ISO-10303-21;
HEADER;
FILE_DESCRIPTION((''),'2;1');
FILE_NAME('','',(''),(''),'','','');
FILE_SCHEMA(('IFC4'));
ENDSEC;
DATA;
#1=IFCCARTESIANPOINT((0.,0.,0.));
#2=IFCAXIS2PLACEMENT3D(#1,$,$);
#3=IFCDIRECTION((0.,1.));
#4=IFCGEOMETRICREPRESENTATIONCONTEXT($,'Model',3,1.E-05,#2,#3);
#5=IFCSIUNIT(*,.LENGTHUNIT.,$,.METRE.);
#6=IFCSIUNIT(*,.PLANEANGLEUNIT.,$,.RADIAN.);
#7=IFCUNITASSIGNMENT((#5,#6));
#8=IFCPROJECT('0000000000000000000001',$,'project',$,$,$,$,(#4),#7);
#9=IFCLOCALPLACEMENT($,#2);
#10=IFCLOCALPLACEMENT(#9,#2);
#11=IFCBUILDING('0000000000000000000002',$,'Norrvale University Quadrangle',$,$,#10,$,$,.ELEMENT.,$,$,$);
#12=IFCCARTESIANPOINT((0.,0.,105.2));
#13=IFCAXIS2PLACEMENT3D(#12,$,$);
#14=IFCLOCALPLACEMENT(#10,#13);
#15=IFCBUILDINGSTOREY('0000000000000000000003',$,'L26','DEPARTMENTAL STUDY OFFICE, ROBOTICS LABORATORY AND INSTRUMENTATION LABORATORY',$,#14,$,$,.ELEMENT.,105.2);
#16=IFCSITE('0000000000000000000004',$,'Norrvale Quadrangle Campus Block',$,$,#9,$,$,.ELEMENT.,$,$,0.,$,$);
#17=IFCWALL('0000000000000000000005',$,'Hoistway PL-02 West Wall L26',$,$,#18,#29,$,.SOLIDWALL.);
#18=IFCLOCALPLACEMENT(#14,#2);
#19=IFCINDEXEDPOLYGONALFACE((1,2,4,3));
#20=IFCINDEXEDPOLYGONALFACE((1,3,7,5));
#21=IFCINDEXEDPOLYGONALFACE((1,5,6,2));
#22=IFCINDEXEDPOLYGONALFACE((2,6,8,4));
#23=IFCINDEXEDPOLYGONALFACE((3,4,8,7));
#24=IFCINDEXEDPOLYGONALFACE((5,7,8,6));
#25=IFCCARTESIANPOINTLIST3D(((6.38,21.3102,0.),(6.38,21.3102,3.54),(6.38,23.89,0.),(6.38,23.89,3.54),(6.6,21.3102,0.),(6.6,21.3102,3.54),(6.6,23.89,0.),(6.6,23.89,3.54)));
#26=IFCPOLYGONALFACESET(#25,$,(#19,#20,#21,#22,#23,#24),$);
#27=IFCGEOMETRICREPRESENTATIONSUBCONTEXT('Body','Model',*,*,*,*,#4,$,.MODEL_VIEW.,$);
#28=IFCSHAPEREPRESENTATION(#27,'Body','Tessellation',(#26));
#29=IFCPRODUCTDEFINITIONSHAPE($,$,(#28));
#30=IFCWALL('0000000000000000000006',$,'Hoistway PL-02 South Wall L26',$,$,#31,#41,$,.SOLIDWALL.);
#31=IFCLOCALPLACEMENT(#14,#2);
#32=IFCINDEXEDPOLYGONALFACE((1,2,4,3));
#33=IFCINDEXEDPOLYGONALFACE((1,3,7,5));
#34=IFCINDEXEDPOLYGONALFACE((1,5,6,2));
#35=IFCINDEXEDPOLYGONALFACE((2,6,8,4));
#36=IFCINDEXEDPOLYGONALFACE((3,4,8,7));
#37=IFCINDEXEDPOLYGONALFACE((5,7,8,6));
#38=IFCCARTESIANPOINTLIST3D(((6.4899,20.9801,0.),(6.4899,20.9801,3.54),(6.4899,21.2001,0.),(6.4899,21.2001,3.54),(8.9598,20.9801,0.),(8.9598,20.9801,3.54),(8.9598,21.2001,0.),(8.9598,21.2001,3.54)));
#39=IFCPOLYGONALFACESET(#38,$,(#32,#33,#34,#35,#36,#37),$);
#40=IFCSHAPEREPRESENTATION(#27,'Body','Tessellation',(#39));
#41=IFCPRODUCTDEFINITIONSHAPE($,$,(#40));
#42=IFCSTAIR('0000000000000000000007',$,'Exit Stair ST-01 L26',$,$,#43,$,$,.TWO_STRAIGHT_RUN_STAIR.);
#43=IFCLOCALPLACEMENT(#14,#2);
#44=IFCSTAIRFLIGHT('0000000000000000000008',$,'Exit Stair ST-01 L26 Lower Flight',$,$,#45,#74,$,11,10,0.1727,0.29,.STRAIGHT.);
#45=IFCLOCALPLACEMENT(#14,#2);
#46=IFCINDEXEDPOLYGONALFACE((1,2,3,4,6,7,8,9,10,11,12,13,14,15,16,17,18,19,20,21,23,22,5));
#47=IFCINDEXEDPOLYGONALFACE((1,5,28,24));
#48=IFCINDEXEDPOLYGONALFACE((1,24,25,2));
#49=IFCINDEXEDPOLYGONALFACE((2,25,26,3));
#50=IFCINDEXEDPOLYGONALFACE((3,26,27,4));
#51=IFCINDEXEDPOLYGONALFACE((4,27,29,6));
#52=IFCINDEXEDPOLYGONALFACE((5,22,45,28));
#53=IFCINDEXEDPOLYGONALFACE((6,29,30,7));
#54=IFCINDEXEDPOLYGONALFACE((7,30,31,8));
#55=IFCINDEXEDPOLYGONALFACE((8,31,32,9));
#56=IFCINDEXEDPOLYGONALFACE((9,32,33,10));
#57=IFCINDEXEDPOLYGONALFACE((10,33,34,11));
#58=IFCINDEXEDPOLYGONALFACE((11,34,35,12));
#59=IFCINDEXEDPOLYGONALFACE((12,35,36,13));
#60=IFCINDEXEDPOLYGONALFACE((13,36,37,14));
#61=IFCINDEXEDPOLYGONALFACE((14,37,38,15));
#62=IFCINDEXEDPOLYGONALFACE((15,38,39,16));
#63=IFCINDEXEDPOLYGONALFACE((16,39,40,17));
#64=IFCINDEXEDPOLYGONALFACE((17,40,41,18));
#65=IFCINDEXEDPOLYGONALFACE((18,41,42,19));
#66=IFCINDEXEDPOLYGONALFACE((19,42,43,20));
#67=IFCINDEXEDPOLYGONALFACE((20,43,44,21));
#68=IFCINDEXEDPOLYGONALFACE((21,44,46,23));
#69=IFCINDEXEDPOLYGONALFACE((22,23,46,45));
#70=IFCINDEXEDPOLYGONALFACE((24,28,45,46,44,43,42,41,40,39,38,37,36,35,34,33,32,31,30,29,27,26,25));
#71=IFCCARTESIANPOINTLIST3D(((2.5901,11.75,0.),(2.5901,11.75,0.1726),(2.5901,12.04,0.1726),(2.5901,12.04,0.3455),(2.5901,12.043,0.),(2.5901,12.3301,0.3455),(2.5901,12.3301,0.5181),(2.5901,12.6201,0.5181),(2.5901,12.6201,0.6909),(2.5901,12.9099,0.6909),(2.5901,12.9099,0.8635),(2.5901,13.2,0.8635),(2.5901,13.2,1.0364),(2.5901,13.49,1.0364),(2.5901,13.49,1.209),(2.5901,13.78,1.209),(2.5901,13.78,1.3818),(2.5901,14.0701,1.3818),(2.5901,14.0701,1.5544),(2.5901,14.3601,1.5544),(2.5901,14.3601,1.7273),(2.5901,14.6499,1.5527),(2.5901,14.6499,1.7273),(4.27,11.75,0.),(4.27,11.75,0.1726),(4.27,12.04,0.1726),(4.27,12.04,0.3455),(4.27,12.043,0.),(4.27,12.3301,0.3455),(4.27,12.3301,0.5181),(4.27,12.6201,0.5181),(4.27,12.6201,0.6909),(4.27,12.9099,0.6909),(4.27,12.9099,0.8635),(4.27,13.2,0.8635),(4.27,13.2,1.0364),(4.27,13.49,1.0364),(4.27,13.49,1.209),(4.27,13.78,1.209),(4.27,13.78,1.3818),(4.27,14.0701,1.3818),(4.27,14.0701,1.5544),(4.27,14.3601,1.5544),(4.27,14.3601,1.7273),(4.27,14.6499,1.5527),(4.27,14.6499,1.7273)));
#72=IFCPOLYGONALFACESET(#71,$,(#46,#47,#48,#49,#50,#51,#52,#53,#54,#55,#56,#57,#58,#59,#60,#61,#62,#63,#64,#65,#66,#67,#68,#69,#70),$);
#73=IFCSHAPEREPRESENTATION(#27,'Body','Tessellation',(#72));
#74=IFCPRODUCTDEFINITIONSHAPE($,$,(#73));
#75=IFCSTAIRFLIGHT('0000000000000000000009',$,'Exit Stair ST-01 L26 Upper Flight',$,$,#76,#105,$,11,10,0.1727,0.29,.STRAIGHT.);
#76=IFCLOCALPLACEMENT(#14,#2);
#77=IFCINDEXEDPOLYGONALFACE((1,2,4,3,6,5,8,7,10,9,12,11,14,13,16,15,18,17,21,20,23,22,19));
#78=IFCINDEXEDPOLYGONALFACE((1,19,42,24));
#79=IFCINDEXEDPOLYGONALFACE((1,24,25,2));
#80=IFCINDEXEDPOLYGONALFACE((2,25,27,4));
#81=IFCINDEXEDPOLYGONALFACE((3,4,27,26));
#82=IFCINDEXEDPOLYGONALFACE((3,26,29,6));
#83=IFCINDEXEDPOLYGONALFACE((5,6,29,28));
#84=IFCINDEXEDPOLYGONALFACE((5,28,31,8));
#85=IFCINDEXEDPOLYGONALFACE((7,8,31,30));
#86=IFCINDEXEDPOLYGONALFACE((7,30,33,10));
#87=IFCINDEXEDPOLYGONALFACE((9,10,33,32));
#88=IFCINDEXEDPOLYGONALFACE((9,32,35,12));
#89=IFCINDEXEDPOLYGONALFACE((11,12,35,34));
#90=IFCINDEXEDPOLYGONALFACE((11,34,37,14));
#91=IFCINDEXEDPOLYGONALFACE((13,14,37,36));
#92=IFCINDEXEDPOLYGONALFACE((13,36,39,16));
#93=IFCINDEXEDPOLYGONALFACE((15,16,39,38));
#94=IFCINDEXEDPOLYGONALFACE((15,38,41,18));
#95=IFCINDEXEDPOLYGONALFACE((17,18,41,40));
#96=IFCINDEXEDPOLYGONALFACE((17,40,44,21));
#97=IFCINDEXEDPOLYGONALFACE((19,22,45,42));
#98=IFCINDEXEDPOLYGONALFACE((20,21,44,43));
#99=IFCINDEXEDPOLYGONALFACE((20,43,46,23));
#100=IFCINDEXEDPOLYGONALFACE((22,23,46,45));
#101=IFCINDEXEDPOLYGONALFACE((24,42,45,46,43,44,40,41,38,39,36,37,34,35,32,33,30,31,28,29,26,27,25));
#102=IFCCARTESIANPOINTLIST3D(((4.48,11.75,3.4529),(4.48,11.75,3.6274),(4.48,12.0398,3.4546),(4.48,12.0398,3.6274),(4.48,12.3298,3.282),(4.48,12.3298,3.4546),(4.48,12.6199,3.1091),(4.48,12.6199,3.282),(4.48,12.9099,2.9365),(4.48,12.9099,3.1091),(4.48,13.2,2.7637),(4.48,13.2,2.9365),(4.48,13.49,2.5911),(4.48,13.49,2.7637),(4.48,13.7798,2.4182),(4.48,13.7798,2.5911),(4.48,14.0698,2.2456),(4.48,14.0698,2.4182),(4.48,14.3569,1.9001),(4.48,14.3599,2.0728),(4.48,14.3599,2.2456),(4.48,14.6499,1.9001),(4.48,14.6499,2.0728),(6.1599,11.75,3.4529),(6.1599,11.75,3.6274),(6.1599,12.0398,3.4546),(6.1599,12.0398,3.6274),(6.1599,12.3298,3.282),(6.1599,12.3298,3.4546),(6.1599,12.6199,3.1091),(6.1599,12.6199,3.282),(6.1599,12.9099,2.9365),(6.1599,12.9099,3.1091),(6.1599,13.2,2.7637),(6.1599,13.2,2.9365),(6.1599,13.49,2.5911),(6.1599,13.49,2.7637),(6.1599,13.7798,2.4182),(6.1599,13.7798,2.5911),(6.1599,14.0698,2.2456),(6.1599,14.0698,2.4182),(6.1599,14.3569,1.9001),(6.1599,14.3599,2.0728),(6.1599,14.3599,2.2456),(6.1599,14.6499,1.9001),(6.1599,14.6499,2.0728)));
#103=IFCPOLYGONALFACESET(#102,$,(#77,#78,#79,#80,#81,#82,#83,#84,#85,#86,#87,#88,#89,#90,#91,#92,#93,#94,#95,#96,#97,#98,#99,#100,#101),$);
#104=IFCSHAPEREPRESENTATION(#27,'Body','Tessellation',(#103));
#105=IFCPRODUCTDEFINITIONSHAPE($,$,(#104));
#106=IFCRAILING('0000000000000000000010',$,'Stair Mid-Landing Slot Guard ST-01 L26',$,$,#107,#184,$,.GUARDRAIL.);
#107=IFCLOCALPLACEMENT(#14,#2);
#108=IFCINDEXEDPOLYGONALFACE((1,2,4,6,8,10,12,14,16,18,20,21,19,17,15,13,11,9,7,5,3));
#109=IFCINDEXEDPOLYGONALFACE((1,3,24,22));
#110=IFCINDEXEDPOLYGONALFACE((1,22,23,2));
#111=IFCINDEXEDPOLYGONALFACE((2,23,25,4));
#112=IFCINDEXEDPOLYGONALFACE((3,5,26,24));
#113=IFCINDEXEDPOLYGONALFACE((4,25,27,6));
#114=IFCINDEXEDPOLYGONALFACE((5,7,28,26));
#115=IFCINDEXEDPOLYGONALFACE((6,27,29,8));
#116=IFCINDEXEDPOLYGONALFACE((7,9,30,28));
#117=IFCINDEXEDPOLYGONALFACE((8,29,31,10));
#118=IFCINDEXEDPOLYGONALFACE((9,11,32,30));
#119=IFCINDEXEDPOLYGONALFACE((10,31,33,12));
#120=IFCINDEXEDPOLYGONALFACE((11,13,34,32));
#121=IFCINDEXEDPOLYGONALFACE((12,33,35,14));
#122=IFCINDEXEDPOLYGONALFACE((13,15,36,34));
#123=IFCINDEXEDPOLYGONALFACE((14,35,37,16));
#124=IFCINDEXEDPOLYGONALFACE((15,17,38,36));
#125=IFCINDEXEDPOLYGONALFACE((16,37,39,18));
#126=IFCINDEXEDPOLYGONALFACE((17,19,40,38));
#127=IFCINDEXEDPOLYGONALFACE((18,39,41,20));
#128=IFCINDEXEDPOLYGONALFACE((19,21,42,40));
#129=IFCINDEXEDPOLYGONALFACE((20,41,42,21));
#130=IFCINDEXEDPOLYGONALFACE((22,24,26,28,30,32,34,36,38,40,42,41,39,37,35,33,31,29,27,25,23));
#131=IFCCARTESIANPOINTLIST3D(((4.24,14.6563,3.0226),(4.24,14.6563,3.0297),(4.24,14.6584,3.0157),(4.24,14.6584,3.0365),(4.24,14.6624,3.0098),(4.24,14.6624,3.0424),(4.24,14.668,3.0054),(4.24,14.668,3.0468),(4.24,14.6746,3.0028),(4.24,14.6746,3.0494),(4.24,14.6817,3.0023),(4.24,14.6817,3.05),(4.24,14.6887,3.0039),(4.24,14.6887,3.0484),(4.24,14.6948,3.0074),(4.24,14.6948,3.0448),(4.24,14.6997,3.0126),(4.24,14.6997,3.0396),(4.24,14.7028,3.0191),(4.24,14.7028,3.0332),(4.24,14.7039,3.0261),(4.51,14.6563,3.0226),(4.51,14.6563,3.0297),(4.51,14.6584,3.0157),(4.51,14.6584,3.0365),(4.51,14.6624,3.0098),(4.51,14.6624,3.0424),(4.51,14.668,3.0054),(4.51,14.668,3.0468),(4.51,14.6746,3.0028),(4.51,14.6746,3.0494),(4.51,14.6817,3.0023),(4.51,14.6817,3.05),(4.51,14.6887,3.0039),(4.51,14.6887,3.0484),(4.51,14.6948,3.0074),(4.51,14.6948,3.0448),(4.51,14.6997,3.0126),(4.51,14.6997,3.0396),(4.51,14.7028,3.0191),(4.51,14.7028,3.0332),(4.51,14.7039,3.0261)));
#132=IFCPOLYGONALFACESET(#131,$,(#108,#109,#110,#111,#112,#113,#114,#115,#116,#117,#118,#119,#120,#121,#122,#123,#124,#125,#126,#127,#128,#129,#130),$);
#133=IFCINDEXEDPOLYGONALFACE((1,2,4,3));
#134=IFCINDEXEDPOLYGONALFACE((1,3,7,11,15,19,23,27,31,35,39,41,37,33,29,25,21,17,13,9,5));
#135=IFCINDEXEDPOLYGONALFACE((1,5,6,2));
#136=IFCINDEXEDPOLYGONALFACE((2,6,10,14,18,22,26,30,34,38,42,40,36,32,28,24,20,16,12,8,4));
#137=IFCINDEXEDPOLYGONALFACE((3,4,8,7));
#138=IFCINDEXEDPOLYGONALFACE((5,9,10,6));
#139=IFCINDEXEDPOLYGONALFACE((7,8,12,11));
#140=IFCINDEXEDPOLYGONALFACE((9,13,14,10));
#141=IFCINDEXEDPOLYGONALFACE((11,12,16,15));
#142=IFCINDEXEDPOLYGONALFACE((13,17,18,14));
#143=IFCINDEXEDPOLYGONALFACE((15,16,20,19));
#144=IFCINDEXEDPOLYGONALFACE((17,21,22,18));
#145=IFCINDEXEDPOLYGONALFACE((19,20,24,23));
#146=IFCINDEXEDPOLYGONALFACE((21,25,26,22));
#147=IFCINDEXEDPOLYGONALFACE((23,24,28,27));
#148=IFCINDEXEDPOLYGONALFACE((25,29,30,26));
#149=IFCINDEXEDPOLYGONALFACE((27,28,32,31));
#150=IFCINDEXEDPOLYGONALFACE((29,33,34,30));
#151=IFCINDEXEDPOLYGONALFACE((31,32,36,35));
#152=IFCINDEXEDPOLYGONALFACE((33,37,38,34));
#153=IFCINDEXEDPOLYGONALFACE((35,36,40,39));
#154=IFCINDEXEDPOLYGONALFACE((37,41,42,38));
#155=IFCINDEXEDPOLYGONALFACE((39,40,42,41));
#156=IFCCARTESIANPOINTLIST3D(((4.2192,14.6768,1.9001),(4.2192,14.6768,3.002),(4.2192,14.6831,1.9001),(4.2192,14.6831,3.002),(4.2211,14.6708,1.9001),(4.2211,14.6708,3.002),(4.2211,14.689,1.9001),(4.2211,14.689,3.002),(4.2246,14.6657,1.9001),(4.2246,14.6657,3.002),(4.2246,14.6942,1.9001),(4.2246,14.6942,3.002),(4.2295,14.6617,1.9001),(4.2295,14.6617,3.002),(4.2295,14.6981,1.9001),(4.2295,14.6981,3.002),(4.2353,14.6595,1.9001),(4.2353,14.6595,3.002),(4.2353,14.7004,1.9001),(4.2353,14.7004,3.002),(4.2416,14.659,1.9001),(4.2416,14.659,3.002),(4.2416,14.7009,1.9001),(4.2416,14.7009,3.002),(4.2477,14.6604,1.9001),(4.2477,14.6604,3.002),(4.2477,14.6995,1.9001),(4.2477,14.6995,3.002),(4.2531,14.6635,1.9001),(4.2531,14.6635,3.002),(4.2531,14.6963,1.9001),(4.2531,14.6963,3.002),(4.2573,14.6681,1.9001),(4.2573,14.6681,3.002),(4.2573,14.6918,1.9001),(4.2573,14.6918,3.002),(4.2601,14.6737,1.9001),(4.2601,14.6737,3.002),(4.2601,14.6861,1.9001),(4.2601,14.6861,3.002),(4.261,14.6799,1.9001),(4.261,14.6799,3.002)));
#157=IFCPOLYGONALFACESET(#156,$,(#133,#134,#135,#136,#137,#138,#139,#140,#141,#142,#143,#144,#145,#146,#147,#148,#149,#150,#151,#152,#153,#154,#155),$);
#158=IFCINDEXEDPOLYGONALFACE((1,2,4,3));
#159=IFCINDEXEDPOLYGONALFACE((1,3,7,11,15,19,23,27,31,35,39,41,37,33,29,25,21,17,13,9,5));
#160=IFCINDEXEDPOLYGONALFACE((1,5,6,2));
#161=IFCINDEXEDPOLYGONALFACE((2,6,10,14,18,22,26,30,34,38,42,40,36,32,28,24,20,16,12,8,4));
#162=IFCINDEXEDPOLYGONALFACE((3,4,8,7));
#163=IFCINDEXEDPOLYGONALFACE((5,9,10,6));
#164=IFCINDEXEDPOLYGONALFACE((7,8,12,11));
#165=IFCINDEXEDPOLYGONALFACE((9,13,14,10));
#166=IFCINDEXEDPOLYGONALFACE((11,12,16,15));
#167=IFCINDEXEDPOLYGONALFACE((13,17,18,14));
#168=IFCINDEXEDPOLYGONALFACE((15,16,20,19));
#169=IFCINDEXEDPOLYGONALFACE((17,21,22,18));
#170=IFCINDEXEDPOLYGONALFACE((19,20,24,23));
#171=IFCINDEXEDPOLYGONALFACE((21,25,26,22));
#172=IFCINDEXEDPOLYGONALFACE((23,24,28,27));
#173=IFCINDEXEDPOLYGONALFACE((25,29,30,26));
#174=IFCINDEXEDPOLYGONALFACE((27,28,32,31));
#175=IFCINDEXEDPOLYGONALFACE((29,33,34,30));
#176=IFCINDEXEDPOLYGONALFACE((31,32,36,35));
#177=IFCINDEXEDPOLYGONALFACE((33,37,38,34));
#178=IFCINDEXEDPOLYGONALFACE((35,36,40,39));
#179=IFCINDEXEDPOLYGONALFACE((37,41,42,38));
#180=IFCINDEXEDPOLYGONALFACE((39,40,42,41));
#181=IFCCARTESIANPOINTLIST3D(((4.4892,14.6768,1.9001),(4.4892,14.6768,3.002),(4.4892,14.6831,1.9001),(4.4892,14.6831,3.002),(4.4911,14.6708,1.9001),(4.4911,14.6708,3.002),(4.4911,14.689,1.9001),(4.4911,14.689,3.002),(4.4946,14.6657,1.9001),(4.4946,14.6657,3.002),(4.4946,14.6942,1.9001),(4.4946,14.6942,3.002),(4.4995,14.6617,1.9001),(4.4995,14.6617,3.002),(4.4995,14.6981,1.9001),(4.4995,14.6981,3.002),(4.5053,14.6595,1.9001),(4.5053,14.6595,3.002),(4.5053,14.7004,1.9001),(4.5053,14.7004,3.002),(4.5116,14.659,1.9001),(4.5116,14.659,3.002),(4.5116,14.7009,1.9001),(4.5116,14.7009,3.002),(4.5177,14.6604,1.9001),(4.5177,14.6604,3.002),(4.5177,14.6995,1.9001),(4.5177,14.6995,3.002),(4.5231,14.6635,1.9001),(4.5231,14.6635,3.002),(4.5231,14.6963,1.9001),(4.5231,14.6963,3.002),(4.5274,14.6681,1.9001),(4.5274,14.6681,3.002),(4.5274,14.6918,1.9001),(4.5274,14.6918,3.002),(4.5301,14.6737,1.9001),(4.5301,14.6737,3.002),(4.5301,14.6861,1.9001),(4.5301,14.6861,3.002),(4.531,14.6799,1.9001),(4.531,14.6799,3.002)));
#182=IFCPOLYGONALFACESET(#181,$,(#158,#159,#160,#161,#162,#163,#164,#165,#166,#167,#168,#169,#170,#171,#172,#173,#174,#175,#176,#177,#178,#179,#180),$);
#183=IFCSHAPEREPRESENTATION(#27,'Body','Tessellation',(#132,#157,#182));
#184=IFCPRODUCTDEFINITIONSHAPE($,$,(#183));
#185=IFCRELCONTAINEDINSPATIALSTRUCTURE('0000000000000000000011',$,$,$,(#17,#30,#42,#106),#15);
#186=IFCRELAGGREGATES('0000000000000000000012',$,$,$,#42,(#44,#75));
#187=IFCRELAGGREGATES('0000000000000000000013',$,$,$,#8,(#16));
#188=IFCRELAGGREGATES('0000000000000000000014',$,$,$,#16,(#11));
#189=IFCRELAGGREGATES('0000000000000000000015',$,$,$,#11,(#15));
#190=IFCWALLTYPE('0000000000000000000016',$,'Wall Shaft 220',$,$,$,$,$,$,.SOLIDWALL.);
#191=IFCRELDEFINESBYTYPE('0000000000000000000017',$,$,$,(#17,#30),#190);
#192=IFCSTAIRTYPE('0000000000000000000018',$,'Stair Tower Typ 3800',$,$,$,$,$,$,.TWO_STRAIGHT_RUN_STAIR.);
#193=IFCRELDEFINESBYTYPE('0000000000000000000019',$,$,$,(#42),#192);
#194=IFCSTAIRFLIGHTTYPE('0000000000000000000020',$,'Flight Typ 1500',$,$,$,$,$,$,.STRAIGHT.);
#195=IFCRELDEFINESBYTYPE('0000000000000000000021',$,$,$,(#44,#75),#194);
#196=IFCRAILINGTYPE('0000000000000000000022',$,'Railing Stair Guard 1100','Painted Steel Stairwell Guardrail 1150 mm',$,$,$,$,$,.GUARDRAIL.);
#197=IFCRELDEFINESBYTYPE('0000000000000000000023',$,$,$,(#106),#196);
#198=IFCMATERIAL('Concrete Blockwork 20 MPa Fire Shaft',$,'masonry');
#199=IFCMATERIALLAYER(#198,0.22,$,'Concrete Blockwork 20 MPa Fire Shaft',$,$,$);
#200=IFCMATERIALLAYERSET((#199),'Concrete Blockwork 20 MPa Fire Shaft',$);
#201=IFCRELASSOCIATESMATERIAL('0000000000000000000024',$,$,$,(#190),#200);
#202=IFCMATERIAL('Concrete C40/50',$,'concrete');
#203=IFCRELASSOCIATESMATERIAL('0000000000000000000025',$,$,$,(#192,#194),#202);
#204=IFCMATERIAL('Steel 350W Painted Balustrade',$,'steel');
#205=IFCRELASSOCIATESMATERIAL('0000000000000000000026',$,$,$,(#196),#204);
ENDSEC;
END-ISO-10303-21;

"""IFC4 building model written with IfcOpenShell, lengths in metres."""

from ifc_helpers import new_model, si_unit, direction, frame, frame_2d, origin, origin_2d, place, context, subcontext, project, spatial, polyline, rectangle, circle, outline, extrude, material, layer, layer_set, type_object, element, aggregate, save


model = new_model("IFC4")

# Units and contexts
model_context = context("Model", 3, precision=1e-05, world=origin(), true_north=direction((0.0, 1.0)))
body_context = subcontext(model_context, "Body", "Model", "MODEL_VIEW")
ifc_project = project(units=[si_unit("LENGTHUNIT", "METRE"), si_unit("PLANEANGLEUNIT", "RADIAN")], contexts=[model_context])

# Site, building, storey
site_placement = place(None, origin())
site = spatial("IfcSite", under=ifc_project, at=site_placement, Name="Norrvale Quadrangle Campus Block", CompositionType="ELEMENT", RefElevation=0.0)
building_placement = place(site_placement, origin())
building = spatial("IfcBuilding", under=site, at=building_placement, Name="Norrvale University Quadrangle", CompositionType="ELEMENT")
storey_placement = place(building_placement, frame((0.0, 0.0, 105.2)))
storey = spatial("IfcBuildingStorey", under=building, at=storey_placement, Name="L26", Description="DEPARTMENTAL STUDY OFFICE, ROBOTICS LABORATORY AND INSTRUMENTATION LABORATORY", CompositionType="ELEMENT", Elevation=105.2)

# Walls
ifc_material_1 = material(Name="Concrete Blockwork 20 MPa Fire Shaft", Category="masonry")
ifc_layer_1 = layer(ifc_material_1, 0.22, Name="Concrete Blockwork 20 MPa Fire Shaft")
ifc_layer_set_1 = layer_set([ifc_layer_1], Name="Concrete Blockwork 20 MPa Fire Shaft")
wall_type_1 = type_object("IfcWallType", Name="Wall Shaft 220", PredefinedType="SOLIDWALL", material=ifc_layer_set_1)
wall_1_placement = place(storey_placement, frame((6.49, 21.3101, 0.0), z_axis=(0.0, 0.0, 1.0), x_axis=(0.0, 1.0, 0.0)))
element("IfcWall", 1, at=wall_1_placement, inside=storey, type_object=wall_type_1, Name="Hoistway PL-02 West Wall L26", PredefinedType="SOLIDWALL", context=body_context, shape_type="SweptSolid", body=[
    extrude(rectangle(XDim=2.5798, YDim=0.22, at=frame_2d((1.29, 0.0))), origin(), (0.0, 0.0, 1.0), 3.54),
])
wall_2_placement = place(storey_placement, frame((6.49, 21.0901, 0.0), z_axis=(0.0, 0.0, 1.0), x_axis=(1.0, 0.0, 0.0)))
element("IfcWall", 2, at=wall_2_placement, inside=storey, type_object=wall_type_1, Name="Hoistway PL-02 South Wall L26", PredefinedType="SOLIDWALL", context=body_context, shape_type="SweptSolid", body=[
    extrude(rectangle(XDim=2.47, YDim=0.22, at=frame_2d((1.2349, 0.0))), origin(), (0.0, 0.0, 1.0), 3.54),
])

# Stair, stair flights
ifc_material_2 = material(Name="Concrete C40/50", Category="concrete")
stair_type = type_object("IfcStairType", Name="Stair Tower Typ 3800", PredefinedType="TWO_STRAIGHT_RUN_STAIR", material=ifc_material_2)
stair_placement = place(storey_placement, origin())
stair = element("IfcStair", 3, at=stair_placement, inside=storey, type_object=stair_type, Name="Exit Stair ST-01 L26", PredefinedType="TWO_STRAIGHT_RUN_STAIR")
stair_flight_type = type_object("IfcStairFlightType", Name="Flight Typ 1500", PredefinedType="STRAIGHT", material=ifc_material_2)
stair_flight_1_placement = place(storey_placement, frame((3.4299, 11.75, 0.0), z_axis=(0.0, 0.0, 1.0), x_axis=(0.0, 1.0, 0.0)))
stair_flight_1 = element("IfcStairFlight", 4, at=stair_flight_1_placement, type_object=stair_flight_type, Name="Exit Stair ST-01 L26 Lower Flight", NumberOfRisers=11, NumberOfTreads=10, PredefinedType="STRAIGHT", RiserHeight=0.1727, TreadLength=0.29, context=body_context, shape_type="SweptSolid", body=[
    extrude(outline(polyline([(0.0, 0.0), (0.0, 0.1726), (0.29, 0.1726), (0.29, 0.3455), (0.5801, 0.3455), (0.5801, 0.5181), (0.8701, 0.5181), (0.8701, 0.6909), (1.1599, 0.6909), (1.1599, 0.8635), (1.45, 0.8635), (1.45, 1.0364), (1.74, 1.0364), (1.74, 1.209), (2.03, 1.209), (2.03, 1.3818), (2.3201, 1.3818), (2.3201, 1.5544), (2.6101, 1.5544), (2.6101, 1.7273), (2.8999, 1.7273), (2.8999, 1.8999), (2.8999, 1.5527), (0.293, 0.0), (0.0, 0.0)])), frame((0.0, 0.8398, 0.0), z_axis=(0.0, -1.0, 0.0), x_axis=(1.0, 0.0, 0.0)), (0.0, 0.0, 1.0), 1.6799),
])
stair_flight_2_placement = place(storey_placement, frame((5.3201, 14.6499, 1.9001), z_axis=(0.0, 0.0, 1.0), x_axis=(0.0, -1.0, 0.0)))
stair_flight_2 = element("IfcStairFlight", 5, at=stair_flight_2_placement, type_object=stair_flight_type, Name="Exit Stair ST-01 L26 Upper Flight", NumberOfRisers=11, NumberOfTreads=10, PredefinedType="STRAIGHT", RiserHeight=0.1727, TreadLength=0.29, context=body_context, shape_type="SweptSolid", body=[
    extrude(outline(polyline([(0.0, 0.0), (0.0, 0.1726), (0.29, 0.1726), (0.29, 0.3455), (0.5801, 0.3455), (0.5801, 0.5181), (0.8701, 0.5181), (0.8701, 0.6909), (1.1599, 0.6909), (1.1599, 0.8635), (1.45, 0.8635), (1.45, 1.0364), (1.74, 1.0364), (1.74, 1.209), (2.03, 1.209), (2.03, 1.3818), (2.3201, 1.3818), (2.3201, 1.5544), (2.6101, 1.5544), (2.6101, 1.7273), (2.8999, 1.7273), (2.8999, 1.8999), (2.8999, 1.5527), (0.293, 0.0), (0.0, 0.0)])), frame((0.0, 0.8398, 0.0), z_axis=(0.0, -1.0, 0.0), x_axis=(1.0, 0.0, 0.0)), (0.0, 0.0, 1.0), 1.6799),
])
aggregate(stair, [stair_flight_1, stair_flight_2])

# Railing
ifc_material_3 = material(Name="Steel 350W Painted Balustrade", Category="steel")
railing_type_1 = type_object("IfcRailingType", Name="Railing Stair Guard 1100", Description="Painted Steel Stairwell Guardrail 1150 mm", PredefinedType="GUARDRAIL", material=ifc_material_3)
railing_1_placement = place(storey_placement, frame((4.24, 14.6799, 1.9001)))
element("IfcRailing", 6, at=railing_1_placement, inside=storey, type_object=railing_type_1, Name="Stair Mid-Landing Slot Guard ST-01 L26", PredefinedType="GUARDRAIL", context=body_context, shape_type="SweptSolid", body=[
    extrude(circle(Radius=0.0239, at=origin_2d()), frame((0.0, 0.0, 1.126), z_axis=(1.0, 0.0, 0.0), x_axis=(0.0, 1.0, 0.0)), (0.0, 0.0, 1.0), 0.27),
    extrude(circle(Radius=0.021, at=origin_2d()), origin(), (0.0, 0.0, 1.0), 1.1018),
    extrude(circle(Radius=0.021, at=origin_2d()), frame((0.27, 0.0, 0.0)), (0.0, 0.0, 1.0), 1.1018),
])

save(model, "model.ifc")
